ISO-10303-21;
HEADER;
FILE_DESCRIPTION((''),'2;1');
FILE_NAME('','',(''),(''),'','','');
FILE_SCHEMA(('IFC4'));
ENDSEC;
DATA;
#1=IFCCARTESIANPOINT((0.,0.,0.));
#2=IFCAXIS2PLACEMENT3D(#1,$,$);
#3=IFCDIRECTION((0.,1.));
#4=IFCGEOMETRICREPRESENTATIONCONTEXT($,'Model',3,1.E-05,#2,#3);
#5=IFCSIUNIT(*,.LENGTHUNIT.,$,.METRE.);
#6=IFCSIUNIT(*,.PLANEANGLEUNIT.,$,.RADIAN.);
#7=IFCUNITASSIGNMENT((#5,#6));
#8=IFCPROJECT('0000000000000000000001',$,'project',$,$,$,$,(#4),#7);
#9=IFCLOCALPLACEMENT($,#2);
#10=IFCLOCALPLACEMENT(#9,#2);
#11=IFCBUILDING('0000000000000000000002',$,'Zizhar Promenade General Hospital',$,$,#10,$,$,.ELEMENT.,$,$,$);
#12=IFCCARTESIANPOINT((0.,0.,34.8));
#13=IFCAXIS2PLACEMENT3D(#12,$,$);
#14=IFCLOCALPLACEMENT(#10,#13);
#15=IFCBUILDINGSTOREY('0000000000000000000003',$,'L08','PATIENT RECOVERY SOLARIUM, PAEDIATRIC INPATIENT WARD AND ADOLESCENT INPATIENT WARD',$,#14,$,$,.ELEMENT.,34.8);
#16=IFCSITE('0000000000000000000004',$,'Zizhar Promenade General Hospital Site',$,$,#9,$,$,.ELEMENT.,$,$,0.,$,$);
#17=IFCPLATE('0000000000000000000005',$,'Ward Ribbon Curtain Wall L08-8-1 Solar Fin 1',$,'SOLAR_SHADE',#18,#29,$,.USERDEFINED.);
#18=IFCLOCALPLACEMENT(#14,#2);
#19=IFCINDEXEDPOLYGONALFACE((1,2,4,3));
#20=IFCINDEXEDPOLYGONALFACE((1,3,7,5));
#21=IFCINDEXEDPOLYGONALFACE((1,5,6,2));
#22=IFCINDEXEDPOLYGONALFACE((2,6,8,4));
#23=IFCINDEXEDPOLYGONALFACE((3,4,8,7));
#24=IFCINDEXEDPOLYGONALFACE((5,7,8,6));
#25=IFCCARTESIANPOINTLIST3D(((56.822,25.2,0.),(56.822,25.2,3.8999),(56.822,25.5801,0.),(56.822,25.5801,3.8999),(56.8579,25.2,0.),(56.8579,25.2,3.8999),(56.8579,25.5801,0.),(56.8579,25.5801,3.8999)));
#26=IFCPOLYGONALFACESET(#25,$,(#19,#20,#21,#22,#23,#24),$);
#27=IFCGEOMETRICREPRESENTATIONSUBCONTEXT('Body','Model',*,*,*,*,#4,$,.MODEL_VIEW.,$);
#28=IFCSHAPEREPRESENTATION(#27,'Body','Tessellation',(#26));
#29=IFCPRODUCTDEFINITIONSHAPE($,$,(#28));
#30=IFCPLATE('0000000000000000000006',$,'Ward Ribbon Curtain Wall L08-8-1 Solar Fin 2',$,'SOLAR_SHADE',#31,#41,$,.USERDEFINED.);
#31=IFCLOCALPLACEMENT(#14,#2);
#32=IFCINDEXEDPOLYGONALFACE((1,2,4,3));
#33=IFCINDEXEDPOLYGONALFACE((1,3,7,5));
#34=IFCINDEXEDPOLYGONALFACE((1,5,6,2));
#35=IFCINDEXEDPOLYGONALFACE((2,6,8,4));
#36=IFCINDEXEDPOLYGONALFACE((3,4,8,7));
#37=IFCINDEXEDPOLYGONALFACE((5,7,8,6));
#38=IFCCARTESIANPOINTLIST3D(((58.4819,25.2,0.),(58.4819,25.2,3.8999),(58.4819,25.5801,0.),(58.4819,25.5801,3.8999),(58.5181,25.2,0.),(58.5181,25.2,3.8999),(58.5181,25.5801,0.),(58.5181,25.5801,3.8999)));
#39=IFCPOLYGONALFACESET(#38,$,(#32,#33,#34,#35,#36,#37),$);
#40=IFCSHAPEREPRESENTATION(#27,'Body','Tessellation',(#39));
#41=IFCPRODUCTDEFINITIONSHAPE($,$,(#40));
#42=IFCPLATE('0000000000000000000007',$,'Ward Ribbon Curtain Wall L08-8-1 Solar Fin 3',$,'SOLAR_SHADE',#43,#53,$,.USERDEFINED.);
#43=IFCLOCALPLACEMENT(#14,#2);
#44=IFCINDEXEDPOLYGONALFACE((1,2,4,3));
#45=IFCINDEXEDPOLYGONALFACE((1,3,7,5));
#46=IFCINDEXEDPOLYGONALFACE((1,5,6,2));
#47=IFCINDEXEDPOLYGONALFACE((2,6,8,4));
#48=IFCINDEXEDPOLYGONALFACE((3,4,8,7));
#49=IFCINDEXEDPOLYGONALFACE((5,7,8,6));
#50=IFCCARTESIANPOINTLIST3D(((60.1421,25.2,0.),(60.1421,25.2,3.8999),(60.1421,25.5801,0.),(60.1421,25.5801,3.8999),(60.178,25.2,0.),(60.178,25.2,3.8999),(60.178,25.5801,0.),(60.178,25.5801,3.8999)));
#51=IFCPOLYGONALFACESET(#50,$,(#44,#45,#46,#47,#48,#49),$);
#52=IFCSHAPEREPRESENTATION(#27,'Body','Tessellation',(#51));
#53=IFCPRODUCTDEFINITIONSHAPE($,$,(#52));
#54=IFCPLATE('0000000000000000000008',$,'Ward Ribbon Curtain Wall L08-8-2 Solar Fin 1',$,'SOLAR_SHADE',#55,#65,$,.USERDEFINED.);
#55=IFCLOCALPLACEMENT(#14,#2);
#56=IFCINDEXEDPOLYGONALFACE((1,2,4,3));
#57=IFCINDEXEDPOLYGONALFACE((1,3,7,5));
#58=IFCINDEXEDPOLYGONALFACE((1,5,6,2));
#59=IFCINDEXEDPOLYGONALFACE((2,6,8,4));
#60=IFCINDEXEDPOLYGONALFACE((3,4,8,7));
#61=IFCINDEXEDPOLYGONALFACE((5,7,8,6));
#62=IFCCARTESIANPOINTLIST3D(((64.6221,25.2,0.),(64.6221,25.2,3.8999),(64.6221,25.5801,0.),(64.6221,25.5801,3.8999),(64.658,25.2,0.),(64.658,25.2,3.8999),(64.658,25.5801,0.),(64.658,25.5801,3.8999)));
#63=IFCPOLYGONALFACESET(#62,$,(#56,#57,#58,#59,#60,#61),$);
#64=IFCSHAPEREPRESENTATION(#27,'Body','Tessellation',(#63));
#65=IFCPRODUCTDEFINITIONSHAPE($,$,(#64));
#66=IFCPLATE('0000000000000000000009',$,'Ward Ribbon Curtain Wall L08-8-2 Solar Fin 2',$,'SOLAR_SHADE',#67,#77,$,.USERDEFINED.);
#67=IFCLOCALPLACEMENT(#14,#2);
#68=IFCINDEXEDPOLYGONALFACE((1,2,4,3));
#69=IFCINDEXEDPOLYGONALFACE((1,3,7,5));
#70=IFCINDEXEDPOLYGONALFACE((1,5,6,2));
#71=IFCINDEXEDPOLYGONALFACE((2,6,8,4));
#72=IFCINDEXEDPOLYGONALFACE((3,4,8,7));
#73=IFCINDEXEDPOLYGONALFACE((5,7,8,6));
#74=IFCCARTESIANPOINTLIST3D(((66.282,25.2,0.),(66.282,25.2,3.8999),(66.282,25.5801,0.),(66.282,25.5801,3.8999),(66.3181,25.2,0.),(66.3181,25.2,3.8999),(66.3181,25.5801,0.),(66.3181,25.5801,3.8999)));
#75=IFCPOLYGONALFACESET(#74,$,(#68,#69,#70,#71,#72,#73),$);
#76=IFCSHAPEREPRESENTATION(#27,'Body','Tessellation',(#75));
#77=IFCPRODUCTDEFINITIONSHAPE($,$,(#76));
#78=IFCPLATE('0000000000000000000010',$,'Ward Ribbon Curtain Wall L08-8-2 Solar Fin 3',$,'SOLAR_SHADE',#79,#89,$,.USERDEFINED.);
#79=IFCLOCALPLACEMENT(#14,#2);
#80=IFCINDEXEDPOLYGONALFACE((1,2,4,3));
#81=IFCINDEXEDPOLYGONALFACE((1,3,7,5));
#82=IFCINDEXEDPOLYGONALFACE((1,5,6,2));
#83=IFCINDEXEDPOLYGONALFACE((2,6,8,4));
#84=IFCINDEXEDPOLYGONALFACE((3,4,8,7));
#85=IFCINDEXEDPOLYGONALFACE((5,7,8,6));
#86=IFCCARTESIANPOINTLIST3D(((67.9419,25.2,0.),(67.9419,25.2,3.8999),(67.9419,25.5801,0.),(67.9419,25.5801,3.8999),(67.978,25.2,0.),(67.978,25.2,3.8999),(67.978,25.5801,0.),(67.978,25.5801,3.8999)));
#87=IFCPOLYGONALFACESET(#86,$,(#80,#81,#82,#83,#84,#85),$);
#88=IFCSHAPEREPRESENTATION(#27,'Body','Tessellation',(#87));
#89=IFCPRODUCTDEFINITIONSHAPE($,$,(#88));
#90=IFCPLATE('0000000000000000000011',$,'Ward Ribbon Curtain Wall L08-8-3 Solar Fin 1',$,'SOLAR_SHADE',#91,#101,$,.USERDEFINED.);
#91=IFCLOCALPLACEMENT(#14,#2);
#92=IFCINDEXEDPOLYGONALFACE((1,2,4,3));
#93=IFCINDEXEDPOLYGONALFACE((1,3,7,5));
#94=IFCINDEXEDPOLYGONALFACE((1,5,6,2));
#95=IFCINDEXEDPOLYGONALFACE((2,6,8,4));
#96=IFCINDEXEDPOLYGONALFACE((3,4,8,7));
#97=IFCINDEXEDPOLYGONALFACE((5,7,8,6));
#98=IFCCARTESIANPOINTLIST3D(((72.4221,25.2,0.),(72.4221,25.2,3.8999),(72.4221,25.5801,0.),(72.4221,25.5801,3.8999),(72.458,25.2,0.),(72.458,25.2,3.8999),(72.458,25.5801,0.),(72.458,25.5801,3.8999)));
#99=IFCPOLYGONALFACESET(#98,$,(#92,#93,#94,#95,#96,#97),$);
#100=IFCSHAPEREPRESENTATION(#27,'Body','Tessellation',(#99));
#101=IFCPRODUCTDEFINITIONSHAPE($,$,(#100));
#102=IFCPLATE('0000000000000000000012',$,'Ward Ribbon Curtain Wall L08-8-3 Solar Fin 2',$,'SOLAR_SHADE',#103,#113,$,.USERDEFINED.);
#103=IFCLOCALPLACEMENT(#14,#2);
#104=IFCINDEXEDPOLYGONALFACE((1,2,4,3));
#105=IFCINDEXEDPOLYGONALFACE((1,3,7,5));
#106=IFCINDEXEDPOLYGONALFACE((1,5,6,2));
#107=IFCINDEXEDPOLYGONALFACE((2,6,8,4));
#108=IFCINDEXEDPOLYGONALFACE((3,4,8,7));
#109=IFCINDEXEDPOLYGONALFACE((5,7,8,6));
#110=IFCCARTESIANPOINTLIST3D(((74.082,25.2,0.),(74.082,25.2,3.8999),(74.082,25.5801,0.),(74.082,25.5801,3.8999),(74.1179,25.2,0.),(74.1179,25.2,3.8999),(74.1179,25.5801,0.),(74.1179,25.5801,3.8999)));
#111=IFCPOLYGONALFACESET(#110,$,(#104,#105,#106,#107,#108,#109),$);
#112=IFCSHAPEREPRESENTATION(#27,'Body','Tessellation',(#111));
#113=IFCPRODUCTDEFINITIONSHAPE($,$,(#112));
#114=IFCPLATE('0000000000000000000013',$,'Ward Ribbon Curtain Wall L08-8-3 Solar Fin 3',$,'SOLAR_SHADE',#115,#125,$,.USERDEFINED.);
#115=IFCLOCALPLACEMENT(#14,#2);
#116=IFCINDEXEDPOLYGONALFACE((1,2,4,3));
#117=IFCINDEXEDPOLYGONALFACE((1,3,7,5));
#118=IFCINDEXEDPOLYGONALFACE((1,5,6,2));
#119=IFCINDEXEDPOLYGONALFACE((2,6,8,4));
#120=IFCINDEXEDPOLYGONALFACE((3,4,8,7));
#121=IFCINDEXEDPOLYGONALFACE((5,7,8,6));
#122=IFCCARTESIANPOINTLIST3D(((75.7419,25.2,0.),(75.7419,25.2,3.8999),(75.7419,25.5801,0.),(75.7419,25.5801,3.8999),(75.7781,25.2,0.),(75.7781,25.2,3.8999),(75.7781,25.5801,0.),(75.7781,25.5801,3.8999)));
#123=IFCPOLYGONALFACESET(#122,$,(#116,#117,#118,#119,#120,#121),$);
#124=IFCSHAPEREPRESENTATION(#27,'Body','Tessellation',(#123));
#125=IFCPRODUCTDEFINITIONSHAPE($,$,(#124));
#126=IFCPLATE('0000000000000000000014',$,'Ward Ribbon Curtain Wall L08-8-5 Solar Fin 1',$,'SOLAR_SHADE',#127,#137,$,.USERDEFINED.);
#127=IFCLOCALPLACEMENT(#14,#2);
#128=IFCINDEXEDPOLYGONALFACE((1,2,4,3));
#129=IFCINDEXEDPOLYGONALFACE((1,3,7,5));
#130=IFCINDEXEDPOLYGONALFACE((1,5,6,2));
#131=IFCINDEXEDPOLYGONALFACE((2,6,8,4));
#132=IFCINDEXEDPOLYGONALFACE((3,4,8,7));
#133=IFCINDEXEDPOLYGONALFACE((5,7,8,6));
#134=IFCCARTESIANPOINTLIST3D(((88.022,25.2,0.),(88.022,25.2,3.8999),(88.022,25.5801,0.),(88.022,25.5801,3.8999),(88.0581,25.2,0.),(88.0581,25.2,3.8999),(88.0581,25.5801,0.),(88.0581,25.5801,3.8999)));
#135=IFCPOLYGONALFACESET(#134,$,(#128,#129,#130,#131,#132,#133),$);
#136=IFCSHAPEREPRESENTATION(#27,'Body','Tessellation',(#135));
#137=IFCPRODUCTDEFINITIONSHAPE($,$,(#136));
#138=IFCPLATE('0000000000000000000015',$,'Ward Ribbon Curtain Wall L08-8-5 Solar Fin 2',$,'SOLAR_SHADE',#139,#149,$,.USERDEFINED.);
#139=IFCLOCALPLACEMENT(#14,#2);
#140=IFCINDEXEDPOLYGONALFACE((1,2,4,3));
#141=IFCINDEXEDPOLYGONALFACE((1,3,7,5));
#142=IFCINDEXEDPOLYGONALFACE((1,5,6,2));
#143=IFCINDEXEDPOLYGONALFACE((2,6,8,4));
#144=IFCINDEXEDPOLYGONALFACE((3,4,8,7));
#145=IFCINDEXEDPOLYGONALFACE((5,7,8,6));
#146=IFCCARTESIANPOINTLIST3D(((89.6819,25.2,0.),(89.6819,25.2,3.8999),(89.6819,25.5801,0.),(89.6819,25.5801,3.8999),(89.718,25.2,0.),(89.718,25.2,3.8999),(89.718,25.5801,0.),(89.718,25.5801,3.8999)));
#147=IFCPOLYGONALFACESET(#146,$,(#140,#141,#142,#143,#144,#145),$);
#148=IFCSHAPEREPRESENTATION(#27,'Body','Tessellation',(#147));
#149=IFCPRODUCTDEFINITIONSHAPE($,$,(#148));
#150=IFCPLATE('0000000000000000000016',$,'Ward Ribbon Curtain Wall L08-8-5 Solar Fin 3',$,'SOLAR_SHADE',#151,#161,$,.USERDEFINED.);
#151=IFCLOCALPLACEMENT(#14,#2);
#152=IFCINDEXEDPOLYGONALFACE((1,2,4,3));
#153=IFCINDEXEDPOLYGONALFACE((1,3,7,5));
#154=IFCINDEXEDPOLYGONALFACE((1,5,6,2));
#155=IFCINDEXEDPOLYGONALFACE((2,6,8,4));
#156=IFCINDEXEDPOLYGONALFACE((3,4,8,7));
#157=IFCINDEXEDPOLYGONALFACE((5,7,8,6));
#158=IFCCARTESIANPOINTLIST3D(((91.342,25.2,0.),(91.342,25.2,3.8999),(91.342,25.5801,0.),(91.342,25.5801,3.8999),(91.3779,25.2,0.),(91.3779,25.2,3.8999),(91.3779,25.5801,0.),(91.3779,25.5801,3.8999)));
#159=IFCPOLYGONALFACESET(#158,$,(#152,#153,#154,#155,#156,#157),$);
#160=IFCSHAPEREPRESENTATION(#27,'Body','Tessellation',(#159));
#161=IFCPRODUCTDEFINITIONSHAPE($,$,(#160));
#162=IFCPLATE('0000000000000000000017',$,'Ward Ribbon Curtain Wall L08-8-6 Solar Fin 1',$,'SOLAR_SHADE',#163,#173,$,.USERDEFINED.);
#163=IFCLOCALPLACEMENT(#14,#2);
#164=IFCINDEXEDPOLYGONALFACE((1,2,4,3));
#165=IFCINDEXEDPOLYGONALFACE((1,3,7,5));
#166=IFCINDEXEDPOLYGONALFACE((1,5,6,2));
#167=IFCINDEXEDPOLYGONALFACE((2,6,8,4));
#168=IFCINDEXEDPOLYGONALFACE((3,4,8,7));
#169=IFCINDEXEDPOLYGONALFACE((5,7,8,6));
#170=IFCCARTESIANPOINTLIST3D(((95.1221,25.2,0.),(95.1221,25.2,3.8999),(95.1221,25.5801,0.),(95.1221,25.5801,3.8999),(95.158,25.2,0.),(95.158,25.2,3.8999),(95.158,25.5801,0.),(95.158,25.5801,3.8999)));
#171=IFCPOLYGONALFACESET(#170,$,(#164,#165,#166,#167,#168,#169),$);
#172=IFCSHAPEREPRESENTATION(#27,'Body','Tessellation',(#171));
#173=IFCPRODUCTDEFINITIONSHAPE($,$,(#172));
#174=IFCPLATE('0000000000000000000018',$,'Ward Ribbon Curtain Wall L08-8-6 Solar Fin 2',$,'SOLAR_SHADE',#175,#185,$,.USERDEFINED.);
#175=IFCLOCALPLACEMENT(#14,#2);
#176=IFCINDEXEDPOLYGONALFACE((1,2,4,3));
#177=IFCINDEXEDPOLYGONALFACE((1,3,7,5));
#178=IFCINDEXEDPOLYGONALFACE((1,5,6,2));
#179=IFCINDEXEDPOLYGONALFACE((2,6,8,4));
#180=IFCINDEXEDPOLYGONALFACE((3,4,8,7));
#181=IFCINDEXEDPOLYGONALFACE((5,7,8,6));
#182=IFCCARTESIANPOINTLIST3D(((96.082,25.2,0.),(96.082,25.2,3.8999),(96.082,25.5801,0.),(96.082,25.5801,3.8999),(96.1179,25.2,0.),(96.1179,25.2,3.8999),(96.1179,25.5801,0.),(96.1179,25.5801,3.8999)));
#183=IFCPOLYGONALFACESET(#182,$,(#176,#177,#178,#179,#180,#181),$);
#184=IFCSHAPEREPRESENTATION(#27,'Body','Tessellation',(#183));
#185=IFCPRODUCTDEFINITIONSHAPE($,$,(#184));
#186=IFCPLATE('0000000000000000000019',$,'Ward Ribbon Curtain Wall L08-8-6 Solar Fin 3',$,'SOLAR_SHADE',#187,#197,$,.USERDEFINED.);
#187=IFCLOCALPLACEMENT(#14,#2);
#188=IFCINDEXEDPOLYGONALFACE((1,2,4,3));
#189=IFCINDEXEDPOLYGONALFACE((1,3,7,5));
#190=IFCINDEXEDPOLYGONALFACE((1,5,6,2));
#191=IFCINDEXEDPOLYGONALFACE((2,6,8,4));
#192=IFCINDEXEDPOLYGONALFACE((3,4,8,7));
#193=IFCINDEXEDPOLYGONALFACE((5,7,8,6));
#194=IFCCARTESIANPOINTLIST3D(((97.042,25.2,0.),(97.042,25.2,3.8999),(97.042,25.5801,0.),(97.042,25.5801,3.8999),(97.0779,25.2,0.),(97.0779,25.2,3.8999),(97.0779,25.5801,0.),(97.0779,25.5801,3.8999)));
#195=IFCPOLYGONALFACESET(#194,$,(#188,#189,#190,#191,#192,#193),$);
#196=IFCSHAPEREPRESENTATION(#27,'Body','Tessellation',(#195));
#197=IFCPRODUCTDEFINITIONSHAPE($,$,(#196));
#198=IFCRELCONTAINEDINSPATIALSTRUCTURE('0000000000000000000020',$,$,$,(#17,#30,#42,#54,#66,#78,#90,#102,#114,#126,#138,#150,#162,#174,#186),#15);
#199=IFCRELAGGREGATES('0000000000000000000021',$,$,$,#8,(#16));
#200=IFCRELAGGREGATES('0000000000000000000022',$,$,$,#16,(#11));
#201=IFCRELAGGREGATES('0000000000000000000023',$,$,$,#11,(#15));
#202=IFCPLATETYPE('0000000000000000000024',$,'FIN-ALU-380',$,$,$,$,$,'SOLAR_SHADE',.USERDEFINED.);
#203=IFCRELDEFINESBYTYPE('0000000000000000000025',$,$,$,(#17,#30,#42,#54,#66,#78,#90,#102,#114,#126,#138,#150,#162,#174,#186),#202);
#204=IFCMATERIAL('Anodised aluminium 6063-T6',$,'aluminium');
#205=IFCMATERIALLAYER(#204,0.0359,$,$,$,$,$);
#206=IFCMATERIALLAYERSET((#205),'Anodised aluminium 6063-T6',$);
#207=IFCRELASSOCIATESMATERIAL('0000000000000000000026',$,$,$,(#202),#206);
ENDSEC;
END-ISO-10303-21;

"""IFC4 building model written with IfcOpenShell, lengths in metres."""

from ifc_helpers import new_model, si_unit, direction, frame, origin, place, context, subcontext, project, spatial, polyline, outline, extrude, material, layer, layer_set, type_object, element, save


model = new_model("IFC4")

# Units and contexts
model_context = context("Model", 3, precision=1e-05, world=origin(), true_north=direction((0.0, 1.0)))
body_context = subcontext(model_context, "Body", "Model", "MODEL_VIEW")
ifc_project = project(units=[si_unit("LENGTHUNIT", "METRE"), si_unit("PLANEANGLEUNIT", "RADIAN")], contexts=[model_context])

# Site, building, storey
site_placement = place(None, origin())
site = spatial("IfcSite", under=ifc_project, at=site_placement, Name="Zizhar Promenade General Hospital Site", CompositionType="ELEMENT", RefElevation=0.0)
building_placement = place(site_placement, origin())
building = spatial("IfcBuilding", under=site, at=building_placement, Name="Zizhar Promenade General Hospital", CompositionType="ELEMENT")
storey_placement = place(building_placement, frame((0.0, 0.0, 34.8)))
storey = spatial("IfcBuildingStorey", under=building, at=storey_placement, Name="L08", Description="PATIENT RECOVERY SOLARIUM, PAEDIATRIC INPATIENT WARD AND ADOLESCENT INPATIENT WARD", CompositionType="ELEMENT", Elevation=34.8)

# Plates
ifc_material = material(Name="Anodised aluminium 6063-T6", Category="aluminium")
ifc_layer = layer(ifc_material, 0.0359)
ifc_layer_set = layer_set([ifc_layer], Name="Anodised aluminium 6063-T6")
plate_type = type_object("IfcPlateType", Name="FIN-ALU-380", ElementType="SOLAR_SHADE", PredefinedType="USERDEFINED", material=ifc_layer_set)
plate_1_placement = place(storey_placement, origin())
element("IfcPlate", 1, at=plate_1_placement, inside=storey, type_object=plate_type, Name="Ward Ribbon Curtain Wall L08-8-1 Solar Fin 1", ObjectType="SOLAR_SHADE", PredefinedType="USERDEFINED", context=body_context, shape_type="SweptSolid", body=[
    extrude(outline(polyline([(56.822, 25.2), (56.8579, 25.2), (56.8579, 25.5801), (56.822, 25.5801), (56.822, 25.2)])), origin(), (0.0, 0.0, 1.0), 3.8999),
])
plate_2_placement = place(storey_placement, origin())
element("IfcPlate", 2, at=plate_2_placement, inside=storey, type_object=plate_type, Name="Ward Ribbon Curtain Wall L08-8-1 Solar Fin 2", ObjectType="SOLAR_SHADE", PredefinedType="USERDEFINED", context=body_context, shape_type="SweptSolid", body=[
    extrude(outline(polyline([(58.4819, 25.2), (58.5181, 25.2), (58.5181, 25.5801), (58.4819, 25.5801), (58.4819, 25.2)])), origin(), (0.0, 0.0, 1.0), 3.8999),
])
plate_3_placement = place(storey_placement, origin())
element("IfcPlate", 3, at=plate_3_placement, inside=storey, type_object=plate_type, Name="Ward Ribbon Curtain Wall L08-8-1 Solar Fin 3", ObjectType="SOLAR_SHADE", PredefinedType="USERDEFINED", context=body_context, shape_type="SweptSolid", body=[
    extrude(outline(polyline([(60.1421, 25.2), (60.178, 25.2), (60.178, 25.5801), (60.1421, 25.5801), (60.1421, 25.2)])), origin(), (0.0, 0.0, 1.0), 3.8999),
])
plate_4_placement = place(storey_placement, origin())
element("IfcPlate", 4, at=plate_4_placement, inside=storey, type_object=plate_type, Name="Ward Ribbon Curtain Wall L08-8-2 Solar Fin 1", ObjectType="SOLAR_SHADE", PredefinedType="USERDEFINED", context=body_context, shape_type="SweptSolid", body=[
    extrude(outline(polyline([(64.6221, 25.2), (64.658, 25.2), (64.658, 25.5801), (64.6221, 25.5801), (64.6221, 25.2)])), origin(), (0.0, 0.0, 1.0), 3.8999),
])
plate_5_placement = place(storey_placement, origin())
element("IfcPlate", 5, at=plate_5_placement, inside=storey, type_object=plate_type, Name="Ward Ribbon Curtain Wall L08-8-2 Solar Fin 2", ObjectType="SOLAR_SHADE", PredefinedType="USERDEFINED", context=body_context, shape_type="SweptSolid", body=[
    extrude(outline(polyline([(66.282, 25.2), (66.3181, 25.2), (66.3181, 25.5801), (66.282, 25.5801), (66.282, 25.2)])), origin(), (0.0, 0.0, 1.0), 3.8999),
])
plate_6_placement = place(storey_placement, origin())
element("IfcPlate", 6, at=plate_6_placement, inside=storey, type_object=plate_type, Name="Ward Ribbon Curtain Wall L08-8-2 Solar Fin 3", ObjectType="SOLAR_SHADE", PredefinedType="USERDEFINED", context=body_context, shape_type="SweptSolid", body=[
    extrude(outline(polyline([(67.9419, 25.2), (67.978, 25.2), (67.978, 25.5801), (67.9419, 25.5801), (67.9419, 25.2)])), origin(), (0.0, 0.0, 1.0), 3.8999),
])
plate_7_placement = place(storey_placement, origin())
element("IfcPlate", 7, at=plate_7_placement, inside=storey, type_object=plate_type, Name="Ward Ribbon Curtain Wall L08-8-3 Solar Fin 1", ObjectType="SOLAR_SHADE", PredefinedType="USERDEFINED", context=body_context, shape_type="SweptSolid", body=[
    extrude(outline(polyline([(72.4221, 25.2), (72.458, 25.2), (72.458, 25.5801), (72.4221, 25.5801), (72.4221, 25.2)])), origin(), (0.0, 0.0, 1.0), 3.8999),
])
plate_8_placement = place(storey_placement, origin())
element("IfcPlate", 8, at=plate_8_placement, inside=storey, type_object=plate_type, Name="Ward Ribbon Curtain Wall L08-8-3 Solar Fin 2", ObjectType="SOLAR_SHADE", PredefinedType="USERDEFINED", context=body_context, shape_type="SweptSolid", body=[
    extrude(outline(polyline([(74.082, 25.2), (74.1179, 25.2), (74.1179, 25.5801), (74.082, 25.5801), (74.082, 25.2)])), origin(), (0.0, 0.0, 1.0), 3.8999),
])
plate_9_placement = place(storey_placement, origin())
element("IfcPlate", 9, at=plate_9_placement, inside=storey, type_object=plate_type, Name="Ward Ribbon Curtain Wall L08-8-3 Solar Fin 3", ObjectType="SOLAR_SHADE", PredefinedType="USERDEFINED", context=body_context, shape_type="SweptSolid", body=[
    extrude(outline(polyline([(75.7419, 25.2), (75.7781, 25.2), (75.7781, 25.5801), (75.7419, 25.5801), (75.7419, 25.2)])), origin(), (0.0, 0.0, 1.0), 3.8999),
])
plate_10_placement = place(storey_placement, origin())
element("IfcPlate", 10, at=plate_10_placement, inside=storey, type_object=plate_type, Name="Ward Ribbon Curtain Wall L08-8-5 Solar Fin 1", ObjectType="SOLAR_SHADE", PredefinedType="USERDEFINED", context=body_context, shape_type="SweptSolid", body=[
    extrude(outline(polyline([(88.022, 25.2), (88.0581, 25.2), (88.0581, 25.5801), (88.022, 25.5801), (88.022, 25.2)])), origin(), (0.0, 0.0, 1.0), 3.8999),
])
plate_11_placement = place(storey_placement, origin())
element("IfcPlate", 11, at=plate_11_placement, inside=storey, type_object=plate_type, Name="Ward Ribbon Curtain Wall L08-8-5 Solar Fin 2", ObjectType="SOLAR_SHADE", PredefinedType="USERDEFINED", context=body_context, shape_type="SweptSolid", body=[
    extrude(outline(polyline([(89.6819, 25.2), (89.718, 25.2), (89.718, 25.5801), (89.6819, 25.5801), (89.6819, 25.2)])), origin(), (0.0, 0.0, 1.0), 3.8999),
])
plate_12_placement = place(storey_placement, origin())
element("IfcPlate", 12, at=plate_12_placement, inside=storey, type_object=plate_type, Name="Ward Ribbon Curtain Wall L08-8-5 Solar Fin 3", ObjectType="SOLAR_SHADE", PredefinedType="USERDEFINED", context=body_context, shape_type="SweptSolid", body=[
    extrude(outline(polyline([(91.342, 25.2), (91.3779, 25.2), (91.3779, 25.5801), (91.342, 25.5801), (91.342, 25.2)])), origin(), (0.0, 0.0, 1.0), 3.8999),
])
plate_13_placement = place(storey_placement, origin())
element("IfcPlate", 13, at=plate_13_placement, inside=storey, type_object=plate_type, Name="Ward Ribbon Curtain Wall L08-8-6 Solar Fin 1", ObjectType="SOLAR_SHADE", PredefinedType="USERDEFINED", context=body_context, shape_type="SweptSolid", body=[
    extrude(outline(polyline([(95.1221, 25.2), (95.158, 25.2), (95.158, 25.5801), (95.1221, 25.5801), (95.1221, 25.2)])), origin(), (0.0, 0.0, 1.0), 3.8999),
])
plate_14_placement = place(storey_placement, origin())
element("IfcPlate", 14, at=plate_14_placement, inside=storey, type_object=plate_type, Name="Ward Ribbon Curtain Wall L08-8-6 Solar Fin 2", ObjectType="SOLAR_SHADE", PredefinedType="USERDEFINED", context=body_context, shape_type="SweptSolid", body=[
    extrude(outline(polyline([(96.082, 25.2), (96.1179, 25.2), (96.1179, 25.5801), (96.082, 25.5801), (96.082, 25.2)])), origin(), (0.0, 0.0, 1.0), 3.8999),
])
plate_15_placement = place(storey_placement, origin())
element("IfcPlate", 15, at=plate_15_placement, inside=storey, type_object=plate_type, Name="Ward Ribbon Curtain Wall L08-8-6 Solar Fin 3", ObjectType="SOLAR_SHADE", PredefinedType="USERDEFINED", context=body_context, shape_type="SweptSolid", body=[
    extrude(outline(polyline([(97.042, 25.2), (97.0779, 25.2), (97.0779, 25.5801), (97.042, 25.5801), (97.042, 25.2)])), origin(), (0.0, 0.0, 1.0), 3.8999),
])

save(model, "model.ifc")
